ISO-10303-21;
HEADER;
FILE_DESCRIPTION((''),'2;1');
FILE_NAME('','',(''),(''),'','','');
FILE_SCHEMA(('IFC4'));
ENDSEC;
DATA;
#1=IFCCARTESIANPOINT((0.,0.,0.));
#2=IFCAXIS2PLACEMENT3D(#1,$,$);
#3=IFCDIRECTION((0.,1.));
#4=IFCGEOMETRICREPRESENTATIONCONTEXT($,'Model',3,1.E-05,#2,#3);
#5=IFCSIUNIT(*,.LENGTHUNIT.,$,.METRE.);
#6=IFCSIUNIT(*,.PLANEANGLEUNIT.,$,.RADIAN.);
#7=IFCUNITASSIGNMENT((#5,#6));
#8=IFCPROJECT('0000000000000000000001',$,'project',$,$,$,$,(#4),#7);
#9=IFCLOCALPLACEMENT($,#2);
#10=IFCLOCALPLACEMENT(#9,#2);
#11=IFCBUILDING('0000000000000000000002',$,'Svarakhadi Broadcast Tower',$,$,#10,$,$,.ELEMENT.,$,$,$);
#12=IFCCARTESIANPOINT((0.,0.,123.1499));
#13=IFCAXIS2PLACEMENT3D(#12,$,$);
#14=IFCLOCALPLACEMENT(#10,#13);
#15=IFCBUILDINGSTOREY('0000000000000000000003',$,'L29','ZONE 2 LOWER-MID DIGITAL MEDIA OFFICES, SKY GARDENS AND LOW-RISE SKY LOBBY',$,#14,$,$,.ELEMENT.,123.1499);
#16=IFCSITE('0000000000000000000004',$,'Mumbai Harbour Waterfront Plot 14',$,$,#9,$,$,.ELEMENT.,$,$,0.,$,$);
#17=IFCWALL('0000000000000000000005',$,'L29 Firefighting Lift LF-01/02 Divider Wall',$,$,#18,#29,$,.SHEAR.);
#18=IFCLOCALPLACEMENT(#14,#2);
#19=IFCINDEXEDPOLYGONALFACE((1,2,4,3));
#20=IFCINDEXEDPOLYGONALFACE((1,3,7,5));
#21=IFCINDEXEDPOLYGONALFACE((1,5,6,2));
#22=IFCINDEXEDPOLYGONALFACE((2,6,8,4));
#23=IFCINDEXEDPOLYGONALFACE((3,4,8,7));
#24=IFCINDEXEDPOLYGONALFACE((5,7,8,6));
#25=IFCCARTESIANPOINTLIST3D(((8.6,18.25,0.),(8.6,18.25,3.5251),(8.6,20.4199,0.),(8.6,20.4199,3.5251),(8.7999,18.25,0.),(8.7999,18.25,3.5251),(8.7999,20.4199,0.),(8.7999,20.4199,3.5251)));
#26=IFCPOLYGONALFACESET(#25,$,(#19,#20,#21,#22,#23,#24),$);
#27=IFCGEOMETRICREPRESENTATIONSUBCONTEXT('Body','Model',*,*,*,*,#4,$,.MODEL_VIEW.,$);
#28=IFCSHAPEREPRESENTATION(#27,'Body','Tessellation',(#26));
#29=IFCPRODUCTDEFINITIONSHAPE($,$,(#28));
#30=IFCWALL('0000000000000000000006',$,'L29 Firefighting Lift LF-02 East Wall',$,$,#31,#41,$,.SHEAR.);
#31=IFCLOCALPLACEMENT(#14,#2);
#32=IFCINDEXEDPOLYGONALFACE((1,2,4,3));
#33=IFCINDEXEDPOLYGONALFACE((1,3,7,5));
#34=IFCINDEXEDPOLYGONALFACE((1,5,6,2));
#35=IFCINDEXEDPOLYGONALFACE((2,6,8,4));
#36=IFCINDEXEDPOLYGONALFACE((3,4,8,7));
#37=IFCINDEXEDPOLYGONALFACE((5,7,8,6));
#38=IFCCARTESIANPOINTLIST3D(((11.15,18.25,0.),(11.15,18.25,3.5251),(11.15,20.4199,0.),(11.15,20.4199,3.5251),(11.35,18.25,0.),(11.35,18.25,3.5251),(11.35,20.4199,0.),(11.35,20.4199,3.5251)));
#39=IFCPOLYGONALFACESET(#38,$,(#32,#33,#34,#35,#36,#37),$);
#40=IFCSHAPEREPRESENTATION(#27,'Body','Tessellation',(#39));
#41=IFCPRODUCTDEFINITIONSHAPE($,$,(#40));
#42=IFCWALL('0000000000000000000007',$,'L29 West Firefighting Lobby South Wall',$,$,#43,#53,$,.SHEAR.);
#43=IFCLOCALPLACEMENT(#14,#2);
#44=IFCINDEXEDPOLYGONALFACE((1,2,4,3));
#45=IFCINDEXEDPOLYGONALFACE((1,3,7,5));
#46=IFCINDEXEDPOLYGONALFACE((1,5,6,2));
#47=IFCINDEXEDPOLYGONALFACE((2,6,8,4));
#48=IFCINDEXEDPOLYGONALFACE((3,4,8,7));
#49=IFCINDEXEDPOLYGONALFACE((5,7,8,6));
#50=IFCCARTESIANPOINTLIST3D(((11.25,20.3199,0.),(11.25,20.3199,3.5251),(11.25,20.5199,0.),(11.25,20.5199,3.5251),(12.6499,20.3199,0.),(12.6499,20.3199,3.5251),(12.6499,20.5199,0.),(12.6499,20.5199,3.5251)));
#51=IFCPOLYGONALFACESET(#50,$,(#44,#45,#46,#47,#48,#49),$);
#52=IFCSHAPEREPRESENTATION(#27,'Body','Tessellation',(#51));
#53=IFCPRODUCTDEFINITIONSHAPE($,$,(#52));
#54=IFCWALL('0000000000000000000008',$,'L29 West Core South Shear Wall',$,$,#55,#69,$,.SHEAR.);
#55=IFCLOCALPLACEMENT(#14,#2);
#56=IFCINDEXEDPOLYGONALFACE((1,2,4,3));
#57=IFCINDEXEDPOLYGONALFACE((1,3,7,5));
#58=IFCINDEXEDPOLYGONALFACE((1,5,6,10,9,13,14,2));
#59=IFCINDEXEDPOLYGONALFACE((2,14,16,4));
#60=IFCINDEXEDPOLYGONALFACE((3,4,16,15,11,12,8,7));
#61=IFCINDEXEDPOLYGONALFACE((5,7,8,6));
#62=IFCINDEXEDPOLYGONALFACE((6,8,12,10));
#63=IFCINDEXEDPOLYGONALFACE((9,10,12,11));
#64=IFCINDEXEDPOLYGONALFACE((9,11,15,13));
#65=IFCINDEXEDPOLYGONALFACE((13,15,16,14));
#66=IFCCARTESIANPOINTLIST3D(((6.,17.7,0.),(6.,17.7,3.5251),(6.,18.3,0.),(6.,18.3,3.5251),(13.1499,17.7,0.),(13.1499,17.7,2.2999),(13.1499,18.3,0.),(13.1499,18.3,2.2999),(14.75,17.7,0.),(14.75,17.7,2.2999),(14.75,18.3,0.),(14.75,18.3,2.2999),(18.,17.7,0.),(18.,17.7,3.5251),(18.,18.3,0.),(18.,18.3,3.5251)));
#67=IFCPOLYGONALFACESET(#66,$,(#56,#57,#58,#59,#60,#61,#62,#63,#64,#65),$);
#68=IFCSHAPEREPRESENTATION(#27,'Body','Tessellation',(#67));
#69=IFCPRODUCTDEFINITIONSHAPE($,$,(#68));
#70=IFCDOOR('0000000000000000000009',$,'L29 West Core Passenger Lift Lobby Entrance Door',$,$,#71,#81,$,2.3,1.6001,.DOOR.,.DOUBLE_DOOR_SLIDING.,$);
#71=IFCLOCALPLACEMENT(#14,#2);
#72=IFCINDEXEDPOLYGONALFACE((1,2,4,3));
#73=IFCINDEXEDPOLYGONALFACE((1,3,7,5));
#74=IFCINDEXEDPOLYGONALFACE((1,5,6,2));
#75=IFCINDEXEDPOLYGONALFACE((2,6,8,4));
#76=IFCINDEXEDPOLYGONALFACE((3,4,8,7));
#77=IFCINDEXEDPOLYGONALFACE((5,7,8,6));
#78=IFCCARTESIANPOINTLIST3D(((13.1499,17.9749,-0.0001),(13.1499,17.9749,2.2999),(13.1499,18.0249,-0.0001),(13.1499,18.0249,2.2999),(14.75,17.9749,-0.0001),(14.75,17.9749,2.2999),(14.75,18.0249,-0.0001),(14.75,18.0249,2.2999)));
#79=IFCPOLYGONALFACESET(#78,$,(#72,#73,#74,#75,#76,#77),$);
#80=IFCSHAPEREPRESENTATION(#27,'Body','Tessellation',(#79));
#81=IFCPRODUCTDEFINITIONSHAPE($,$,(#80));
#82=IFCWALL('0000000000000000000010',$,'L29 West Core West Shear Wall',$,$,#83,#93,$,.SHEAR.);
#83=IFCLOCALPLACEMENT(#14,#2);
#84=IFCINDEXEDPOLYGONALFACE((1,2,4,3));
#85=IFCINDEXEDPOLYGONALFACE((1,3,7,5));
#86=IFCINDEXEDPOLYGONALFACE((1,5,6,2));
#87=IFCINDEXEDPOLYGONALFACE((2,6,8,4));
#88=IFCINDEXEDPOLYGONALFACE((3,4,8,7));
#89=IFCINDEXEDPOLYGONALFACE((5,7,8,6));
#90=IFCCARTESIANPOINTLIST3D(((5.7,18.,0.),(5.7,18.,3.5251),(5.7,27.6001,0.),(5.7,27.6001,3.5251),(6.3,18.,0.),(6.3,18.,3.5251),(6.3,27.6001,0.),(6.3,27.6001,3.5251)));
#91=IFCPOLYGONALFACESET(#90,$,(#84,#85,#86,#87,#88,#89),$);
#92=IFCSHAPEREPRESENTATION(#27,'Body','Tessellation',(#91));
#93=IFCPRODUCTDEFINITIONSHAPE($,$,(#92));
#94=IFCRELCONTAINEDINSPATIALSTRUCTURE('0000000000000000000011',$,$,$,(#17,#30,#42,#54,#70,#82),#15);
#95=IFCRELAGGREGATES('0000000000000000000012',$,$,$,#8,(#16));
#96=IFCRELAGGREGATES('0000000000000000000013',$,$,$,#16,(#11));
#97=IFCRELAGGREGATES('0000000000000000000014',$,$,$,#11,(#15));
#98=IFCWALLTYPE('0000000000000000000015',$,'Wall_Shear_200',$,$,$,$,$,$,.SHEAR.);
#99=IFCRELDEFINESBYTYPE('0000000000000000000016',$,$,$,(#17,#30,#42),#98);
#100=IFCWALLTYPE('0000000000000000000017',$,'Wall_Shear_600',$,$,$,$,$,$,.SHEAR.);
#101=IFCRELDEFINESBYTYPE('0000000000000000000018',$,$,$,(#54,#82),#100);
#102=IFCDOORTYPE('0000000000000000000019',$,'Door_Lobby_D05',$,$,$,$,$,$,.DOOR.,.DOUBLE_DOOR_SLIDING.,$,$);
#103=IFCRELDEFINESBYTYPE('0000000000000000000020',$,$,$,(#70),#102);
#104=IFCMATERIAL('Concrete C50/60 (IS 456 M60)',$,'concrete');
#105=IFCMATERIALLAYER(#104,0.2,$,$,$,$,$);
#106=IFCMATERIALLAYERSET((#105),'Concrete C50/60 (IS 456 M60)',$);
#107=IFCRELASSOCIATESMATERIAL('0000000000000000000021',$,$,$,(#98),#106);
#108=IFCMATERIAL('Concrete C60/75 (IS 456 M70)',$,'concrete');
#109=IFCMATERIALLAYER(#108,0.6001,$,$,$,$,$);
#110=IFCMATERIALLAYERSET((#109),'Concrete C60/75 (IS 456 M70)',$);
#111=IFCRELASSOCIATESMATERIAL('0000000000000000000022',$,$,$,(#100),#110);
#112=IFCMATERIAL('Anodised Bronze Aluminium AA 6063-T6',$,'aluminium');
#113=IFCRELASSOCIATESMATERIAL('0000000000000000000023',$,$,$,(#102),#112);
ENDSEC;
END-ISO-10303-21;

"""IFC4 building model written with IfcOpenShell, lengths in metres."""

from ifc_helpers import new_model, si_unit, direction, frame, frame_2d, origin, place, context, subcontext, project, spatial, rectangle, extrude, material, layer, layer_set, type_object, element, fill, save


model = new_model("IFC4")

# Units and contexts
model_context = context("Model", 3, precision=1e-05, world=origin(), true_north=direction((0.0, 1.0)))
body_context = subcontext(model_context, "Body", "Model", "MODEL_VIEW")
ifc_project = project(units=[si_unit("LENGTHUNIT", "METRE"), si_unit("PLANEANGLEUNIT", "RADIAN")], contexts=[model_context])

# Site, building, storey
site_placement = place(None, origin())
site = spatial("IfcSite", under=ifc_project, at=site_placement, Name="Mumbai Harbour Waterfront Plot 14", CompositionType="ELEMENT", RefElevation=0.0)
building_placement = place(site_placement, origin())
building = spatial("IfcBuilding", under=site, at=building_placement, Name="Svarakhadi Broadcast Tower", CompositionType="ELEMENT")
storey_placement = place(building_placement, frame((0.0, 0.0, 123.1499)))
storey = spatial("IfcBuildingStorey", under=building, at=storey_placement, Name="L29", Description="ZONE 2 LOWER-MID DIGITAL MEDIA OFFICES, SKY GARDENS AND LOW-RISE SKY LOBBY", CompositionType="ELEMENT", Elevation=123.1499)

# Shared definitions
ifc_material_1 = material(Name="Concrete C50/60 (IS 456 M60)", Category="concrete")

# Shared definitions
ifc_layer_1 = layer(ifc_material_1, 0.2)
ifc_layer_set_1 = layer_set([ifc_layer_1], Name="Concrete C50/60 (IS 456 M60)")
wall_type_1 = type_object("IfcWallType", Name="Wall_Shear_200", PredefinedType="SHEAR", material=ifc_layer_set_1)

# Walls
for number, where, z_axis, x_axis, name in (
    (1, (8.7, 18.25, 0.0), (0.0, 0.0, 1.0), (0.0, 1.0, 0.0), "L29 Firefighting Lift LF-01/02 Divider Wall"),
    (2, (11.25, 18.25, 0.0), (0.0, 0.0, 1.0), (0.0, 1.0, 0.0), "L29 Firefighting Lift LF-02 East Wall"),
):
    element("IfcWall", number, at=place(storey_placement, frame(where, z_axis=z_axis, x_axis=x_axis)), inside=storey, type_object=wall_type_1, Name=name, PredefinedType="SHEAR", context=body_context, shape_type="SweptSolid", body=[
        extrude(rectangle(XDim=2.1699, YDim=0.2, at=frame_2d((1.085, 0.0))), origin(), (0.0, 0.0, 1.0), 3.5251),
    ])
wall_1_placement = place(storey_placement, frame((11.25, 20.4199, 0.0), z_axis=(0.0, 0.0, 1.0), x_axis=(1.0, 0.0, 0.0)))
element("IfcWall", 3, at=wall_1_placement, inside=storey, type_object=wall_type_1, Name="L29 West Firefighting Lobby South Wall", PredefinedType="SHEAR", context=body_context, shape_type="SweptSolid", body=[
    extrude(rectangle(XDim=1.3999, YDim=0.2, at=frame_2d((0.7, 0.0))), origin(), (0.0, 0.0, 1.0), 3.5251),
])

# Wall, opening, door
ifc_material_2 = material(Name="Concrete C60/75 (IS 456 M70)", Category="concrete")
ifc_layer_2 = layer(ifc_material_2, 0.6001)
ifc_layer_set_2 = layer_set([ifc_layer_2], Name="Concrete C60/75 (IS 456 M70)")
wall_type_2 = type_object("IfcWallType", Name="Wall_Shear_600", PredefinedType="SHEAR", material=ifc_layer_set_2)
wall_2_placement = place(storey_placement, frame((6.0, 18.0, 0.0), z_axis=(0.0, 0.0, 1.0), x_axis=(1.0, 0.0, 0.0)))
wall_2 = element("IfcWall", 4, at=wall_2_placement, inside=storey, type_object=wall_type_2, Name="L29 West Core South Shear Wall", PredefinedType="SHEAR", context=body_context, shape_type="SweptSolid", body=[
    extrude(rectangle(XDim=12.0, YDim=0.6001, at=frame_2d((6.0, 0.0))), origin(), (0.0, 0.0, 1.0), 3.5251),
])
opening_1_placement = place(wall_2_placement, frame((7.1499, 0.0, 0.0)))
opening_1 = element("IfcOpeningElement", 5, at=opening_1_placement, cuts=wall_2, PredefinedType="OPENING", context=body_context, shape_type="SweptSolid", body=[
    extrude(rectangle(XDim=1.6001, YDim=2.3, at=frame_2d((0.8, 1.1499))), frame((0.0, 0.3101, 0.0), z_axis=(0.0, -1.0, 0.0), x_axis=(1.0, 0.0, 0.0)), (0.0, 0.0, 1.0), 0.6201),
])
ifc_material_3 = material(Name="Anodised Bronze Aluminium AA 6063-T6", Category="aluminium")
door_type_1 = type_object("IfcDoorType", Name="Door_Lobby_D05", OperationType="DOUBLE_DOOR_SLIDING", PredefinedType="DOOR", material=ifc_material_3)
door_1_placement = place(opening_1_placement, origin())
door_1 = element("IfcDoor", 6, at=door_1_placement, inside=storey, type_object=door_type_1, Name="L29 West Core Passenger Lift Lobby Entrance Door", OperationType="DOUBLE_DOOR_SLIDING", OverallHeight=2.3, OverallWidth=1.6001, PredefinedType="DOOR", context=body_context, shape_type="SweptSolid", body=[
    extrude(rectangle(XDim=1.6001, YDim=2.3, at=frame_2d((0.8, 1.1499))), frame((0.0, 0.0249, 0.0), z_axis=(0.0, -1.0, 0.0), x_axis=(1.0, 0.0, 0.0)), (0.0, 0.0, 1.0), 0.05),
])
fill(opening_1, door_1)

# Wall
wall_3_placement = place(storey_placement, frame((6.0, 18.0, 0.0), z_axis=(0.0, 0.0, 1.0), x_axis=(0.0, 1.0, 0.0)))
element("IfcWall", 7, at=wall_3_placement, inside=storey, type_object=wall_type_2, Name="L29 West Core West Shear Wall", PredefinedType="SHEAR", context=body_context, shape_type="SweptSolid", body=[
    extrude(rectangle(XDim=9.6001, YDim=0.6001, at=frame_2d((4.8, 0.0))), origin(), (0.0, 0.0, 1.0), 3.5251),
])

save(model, "model.ifc")
